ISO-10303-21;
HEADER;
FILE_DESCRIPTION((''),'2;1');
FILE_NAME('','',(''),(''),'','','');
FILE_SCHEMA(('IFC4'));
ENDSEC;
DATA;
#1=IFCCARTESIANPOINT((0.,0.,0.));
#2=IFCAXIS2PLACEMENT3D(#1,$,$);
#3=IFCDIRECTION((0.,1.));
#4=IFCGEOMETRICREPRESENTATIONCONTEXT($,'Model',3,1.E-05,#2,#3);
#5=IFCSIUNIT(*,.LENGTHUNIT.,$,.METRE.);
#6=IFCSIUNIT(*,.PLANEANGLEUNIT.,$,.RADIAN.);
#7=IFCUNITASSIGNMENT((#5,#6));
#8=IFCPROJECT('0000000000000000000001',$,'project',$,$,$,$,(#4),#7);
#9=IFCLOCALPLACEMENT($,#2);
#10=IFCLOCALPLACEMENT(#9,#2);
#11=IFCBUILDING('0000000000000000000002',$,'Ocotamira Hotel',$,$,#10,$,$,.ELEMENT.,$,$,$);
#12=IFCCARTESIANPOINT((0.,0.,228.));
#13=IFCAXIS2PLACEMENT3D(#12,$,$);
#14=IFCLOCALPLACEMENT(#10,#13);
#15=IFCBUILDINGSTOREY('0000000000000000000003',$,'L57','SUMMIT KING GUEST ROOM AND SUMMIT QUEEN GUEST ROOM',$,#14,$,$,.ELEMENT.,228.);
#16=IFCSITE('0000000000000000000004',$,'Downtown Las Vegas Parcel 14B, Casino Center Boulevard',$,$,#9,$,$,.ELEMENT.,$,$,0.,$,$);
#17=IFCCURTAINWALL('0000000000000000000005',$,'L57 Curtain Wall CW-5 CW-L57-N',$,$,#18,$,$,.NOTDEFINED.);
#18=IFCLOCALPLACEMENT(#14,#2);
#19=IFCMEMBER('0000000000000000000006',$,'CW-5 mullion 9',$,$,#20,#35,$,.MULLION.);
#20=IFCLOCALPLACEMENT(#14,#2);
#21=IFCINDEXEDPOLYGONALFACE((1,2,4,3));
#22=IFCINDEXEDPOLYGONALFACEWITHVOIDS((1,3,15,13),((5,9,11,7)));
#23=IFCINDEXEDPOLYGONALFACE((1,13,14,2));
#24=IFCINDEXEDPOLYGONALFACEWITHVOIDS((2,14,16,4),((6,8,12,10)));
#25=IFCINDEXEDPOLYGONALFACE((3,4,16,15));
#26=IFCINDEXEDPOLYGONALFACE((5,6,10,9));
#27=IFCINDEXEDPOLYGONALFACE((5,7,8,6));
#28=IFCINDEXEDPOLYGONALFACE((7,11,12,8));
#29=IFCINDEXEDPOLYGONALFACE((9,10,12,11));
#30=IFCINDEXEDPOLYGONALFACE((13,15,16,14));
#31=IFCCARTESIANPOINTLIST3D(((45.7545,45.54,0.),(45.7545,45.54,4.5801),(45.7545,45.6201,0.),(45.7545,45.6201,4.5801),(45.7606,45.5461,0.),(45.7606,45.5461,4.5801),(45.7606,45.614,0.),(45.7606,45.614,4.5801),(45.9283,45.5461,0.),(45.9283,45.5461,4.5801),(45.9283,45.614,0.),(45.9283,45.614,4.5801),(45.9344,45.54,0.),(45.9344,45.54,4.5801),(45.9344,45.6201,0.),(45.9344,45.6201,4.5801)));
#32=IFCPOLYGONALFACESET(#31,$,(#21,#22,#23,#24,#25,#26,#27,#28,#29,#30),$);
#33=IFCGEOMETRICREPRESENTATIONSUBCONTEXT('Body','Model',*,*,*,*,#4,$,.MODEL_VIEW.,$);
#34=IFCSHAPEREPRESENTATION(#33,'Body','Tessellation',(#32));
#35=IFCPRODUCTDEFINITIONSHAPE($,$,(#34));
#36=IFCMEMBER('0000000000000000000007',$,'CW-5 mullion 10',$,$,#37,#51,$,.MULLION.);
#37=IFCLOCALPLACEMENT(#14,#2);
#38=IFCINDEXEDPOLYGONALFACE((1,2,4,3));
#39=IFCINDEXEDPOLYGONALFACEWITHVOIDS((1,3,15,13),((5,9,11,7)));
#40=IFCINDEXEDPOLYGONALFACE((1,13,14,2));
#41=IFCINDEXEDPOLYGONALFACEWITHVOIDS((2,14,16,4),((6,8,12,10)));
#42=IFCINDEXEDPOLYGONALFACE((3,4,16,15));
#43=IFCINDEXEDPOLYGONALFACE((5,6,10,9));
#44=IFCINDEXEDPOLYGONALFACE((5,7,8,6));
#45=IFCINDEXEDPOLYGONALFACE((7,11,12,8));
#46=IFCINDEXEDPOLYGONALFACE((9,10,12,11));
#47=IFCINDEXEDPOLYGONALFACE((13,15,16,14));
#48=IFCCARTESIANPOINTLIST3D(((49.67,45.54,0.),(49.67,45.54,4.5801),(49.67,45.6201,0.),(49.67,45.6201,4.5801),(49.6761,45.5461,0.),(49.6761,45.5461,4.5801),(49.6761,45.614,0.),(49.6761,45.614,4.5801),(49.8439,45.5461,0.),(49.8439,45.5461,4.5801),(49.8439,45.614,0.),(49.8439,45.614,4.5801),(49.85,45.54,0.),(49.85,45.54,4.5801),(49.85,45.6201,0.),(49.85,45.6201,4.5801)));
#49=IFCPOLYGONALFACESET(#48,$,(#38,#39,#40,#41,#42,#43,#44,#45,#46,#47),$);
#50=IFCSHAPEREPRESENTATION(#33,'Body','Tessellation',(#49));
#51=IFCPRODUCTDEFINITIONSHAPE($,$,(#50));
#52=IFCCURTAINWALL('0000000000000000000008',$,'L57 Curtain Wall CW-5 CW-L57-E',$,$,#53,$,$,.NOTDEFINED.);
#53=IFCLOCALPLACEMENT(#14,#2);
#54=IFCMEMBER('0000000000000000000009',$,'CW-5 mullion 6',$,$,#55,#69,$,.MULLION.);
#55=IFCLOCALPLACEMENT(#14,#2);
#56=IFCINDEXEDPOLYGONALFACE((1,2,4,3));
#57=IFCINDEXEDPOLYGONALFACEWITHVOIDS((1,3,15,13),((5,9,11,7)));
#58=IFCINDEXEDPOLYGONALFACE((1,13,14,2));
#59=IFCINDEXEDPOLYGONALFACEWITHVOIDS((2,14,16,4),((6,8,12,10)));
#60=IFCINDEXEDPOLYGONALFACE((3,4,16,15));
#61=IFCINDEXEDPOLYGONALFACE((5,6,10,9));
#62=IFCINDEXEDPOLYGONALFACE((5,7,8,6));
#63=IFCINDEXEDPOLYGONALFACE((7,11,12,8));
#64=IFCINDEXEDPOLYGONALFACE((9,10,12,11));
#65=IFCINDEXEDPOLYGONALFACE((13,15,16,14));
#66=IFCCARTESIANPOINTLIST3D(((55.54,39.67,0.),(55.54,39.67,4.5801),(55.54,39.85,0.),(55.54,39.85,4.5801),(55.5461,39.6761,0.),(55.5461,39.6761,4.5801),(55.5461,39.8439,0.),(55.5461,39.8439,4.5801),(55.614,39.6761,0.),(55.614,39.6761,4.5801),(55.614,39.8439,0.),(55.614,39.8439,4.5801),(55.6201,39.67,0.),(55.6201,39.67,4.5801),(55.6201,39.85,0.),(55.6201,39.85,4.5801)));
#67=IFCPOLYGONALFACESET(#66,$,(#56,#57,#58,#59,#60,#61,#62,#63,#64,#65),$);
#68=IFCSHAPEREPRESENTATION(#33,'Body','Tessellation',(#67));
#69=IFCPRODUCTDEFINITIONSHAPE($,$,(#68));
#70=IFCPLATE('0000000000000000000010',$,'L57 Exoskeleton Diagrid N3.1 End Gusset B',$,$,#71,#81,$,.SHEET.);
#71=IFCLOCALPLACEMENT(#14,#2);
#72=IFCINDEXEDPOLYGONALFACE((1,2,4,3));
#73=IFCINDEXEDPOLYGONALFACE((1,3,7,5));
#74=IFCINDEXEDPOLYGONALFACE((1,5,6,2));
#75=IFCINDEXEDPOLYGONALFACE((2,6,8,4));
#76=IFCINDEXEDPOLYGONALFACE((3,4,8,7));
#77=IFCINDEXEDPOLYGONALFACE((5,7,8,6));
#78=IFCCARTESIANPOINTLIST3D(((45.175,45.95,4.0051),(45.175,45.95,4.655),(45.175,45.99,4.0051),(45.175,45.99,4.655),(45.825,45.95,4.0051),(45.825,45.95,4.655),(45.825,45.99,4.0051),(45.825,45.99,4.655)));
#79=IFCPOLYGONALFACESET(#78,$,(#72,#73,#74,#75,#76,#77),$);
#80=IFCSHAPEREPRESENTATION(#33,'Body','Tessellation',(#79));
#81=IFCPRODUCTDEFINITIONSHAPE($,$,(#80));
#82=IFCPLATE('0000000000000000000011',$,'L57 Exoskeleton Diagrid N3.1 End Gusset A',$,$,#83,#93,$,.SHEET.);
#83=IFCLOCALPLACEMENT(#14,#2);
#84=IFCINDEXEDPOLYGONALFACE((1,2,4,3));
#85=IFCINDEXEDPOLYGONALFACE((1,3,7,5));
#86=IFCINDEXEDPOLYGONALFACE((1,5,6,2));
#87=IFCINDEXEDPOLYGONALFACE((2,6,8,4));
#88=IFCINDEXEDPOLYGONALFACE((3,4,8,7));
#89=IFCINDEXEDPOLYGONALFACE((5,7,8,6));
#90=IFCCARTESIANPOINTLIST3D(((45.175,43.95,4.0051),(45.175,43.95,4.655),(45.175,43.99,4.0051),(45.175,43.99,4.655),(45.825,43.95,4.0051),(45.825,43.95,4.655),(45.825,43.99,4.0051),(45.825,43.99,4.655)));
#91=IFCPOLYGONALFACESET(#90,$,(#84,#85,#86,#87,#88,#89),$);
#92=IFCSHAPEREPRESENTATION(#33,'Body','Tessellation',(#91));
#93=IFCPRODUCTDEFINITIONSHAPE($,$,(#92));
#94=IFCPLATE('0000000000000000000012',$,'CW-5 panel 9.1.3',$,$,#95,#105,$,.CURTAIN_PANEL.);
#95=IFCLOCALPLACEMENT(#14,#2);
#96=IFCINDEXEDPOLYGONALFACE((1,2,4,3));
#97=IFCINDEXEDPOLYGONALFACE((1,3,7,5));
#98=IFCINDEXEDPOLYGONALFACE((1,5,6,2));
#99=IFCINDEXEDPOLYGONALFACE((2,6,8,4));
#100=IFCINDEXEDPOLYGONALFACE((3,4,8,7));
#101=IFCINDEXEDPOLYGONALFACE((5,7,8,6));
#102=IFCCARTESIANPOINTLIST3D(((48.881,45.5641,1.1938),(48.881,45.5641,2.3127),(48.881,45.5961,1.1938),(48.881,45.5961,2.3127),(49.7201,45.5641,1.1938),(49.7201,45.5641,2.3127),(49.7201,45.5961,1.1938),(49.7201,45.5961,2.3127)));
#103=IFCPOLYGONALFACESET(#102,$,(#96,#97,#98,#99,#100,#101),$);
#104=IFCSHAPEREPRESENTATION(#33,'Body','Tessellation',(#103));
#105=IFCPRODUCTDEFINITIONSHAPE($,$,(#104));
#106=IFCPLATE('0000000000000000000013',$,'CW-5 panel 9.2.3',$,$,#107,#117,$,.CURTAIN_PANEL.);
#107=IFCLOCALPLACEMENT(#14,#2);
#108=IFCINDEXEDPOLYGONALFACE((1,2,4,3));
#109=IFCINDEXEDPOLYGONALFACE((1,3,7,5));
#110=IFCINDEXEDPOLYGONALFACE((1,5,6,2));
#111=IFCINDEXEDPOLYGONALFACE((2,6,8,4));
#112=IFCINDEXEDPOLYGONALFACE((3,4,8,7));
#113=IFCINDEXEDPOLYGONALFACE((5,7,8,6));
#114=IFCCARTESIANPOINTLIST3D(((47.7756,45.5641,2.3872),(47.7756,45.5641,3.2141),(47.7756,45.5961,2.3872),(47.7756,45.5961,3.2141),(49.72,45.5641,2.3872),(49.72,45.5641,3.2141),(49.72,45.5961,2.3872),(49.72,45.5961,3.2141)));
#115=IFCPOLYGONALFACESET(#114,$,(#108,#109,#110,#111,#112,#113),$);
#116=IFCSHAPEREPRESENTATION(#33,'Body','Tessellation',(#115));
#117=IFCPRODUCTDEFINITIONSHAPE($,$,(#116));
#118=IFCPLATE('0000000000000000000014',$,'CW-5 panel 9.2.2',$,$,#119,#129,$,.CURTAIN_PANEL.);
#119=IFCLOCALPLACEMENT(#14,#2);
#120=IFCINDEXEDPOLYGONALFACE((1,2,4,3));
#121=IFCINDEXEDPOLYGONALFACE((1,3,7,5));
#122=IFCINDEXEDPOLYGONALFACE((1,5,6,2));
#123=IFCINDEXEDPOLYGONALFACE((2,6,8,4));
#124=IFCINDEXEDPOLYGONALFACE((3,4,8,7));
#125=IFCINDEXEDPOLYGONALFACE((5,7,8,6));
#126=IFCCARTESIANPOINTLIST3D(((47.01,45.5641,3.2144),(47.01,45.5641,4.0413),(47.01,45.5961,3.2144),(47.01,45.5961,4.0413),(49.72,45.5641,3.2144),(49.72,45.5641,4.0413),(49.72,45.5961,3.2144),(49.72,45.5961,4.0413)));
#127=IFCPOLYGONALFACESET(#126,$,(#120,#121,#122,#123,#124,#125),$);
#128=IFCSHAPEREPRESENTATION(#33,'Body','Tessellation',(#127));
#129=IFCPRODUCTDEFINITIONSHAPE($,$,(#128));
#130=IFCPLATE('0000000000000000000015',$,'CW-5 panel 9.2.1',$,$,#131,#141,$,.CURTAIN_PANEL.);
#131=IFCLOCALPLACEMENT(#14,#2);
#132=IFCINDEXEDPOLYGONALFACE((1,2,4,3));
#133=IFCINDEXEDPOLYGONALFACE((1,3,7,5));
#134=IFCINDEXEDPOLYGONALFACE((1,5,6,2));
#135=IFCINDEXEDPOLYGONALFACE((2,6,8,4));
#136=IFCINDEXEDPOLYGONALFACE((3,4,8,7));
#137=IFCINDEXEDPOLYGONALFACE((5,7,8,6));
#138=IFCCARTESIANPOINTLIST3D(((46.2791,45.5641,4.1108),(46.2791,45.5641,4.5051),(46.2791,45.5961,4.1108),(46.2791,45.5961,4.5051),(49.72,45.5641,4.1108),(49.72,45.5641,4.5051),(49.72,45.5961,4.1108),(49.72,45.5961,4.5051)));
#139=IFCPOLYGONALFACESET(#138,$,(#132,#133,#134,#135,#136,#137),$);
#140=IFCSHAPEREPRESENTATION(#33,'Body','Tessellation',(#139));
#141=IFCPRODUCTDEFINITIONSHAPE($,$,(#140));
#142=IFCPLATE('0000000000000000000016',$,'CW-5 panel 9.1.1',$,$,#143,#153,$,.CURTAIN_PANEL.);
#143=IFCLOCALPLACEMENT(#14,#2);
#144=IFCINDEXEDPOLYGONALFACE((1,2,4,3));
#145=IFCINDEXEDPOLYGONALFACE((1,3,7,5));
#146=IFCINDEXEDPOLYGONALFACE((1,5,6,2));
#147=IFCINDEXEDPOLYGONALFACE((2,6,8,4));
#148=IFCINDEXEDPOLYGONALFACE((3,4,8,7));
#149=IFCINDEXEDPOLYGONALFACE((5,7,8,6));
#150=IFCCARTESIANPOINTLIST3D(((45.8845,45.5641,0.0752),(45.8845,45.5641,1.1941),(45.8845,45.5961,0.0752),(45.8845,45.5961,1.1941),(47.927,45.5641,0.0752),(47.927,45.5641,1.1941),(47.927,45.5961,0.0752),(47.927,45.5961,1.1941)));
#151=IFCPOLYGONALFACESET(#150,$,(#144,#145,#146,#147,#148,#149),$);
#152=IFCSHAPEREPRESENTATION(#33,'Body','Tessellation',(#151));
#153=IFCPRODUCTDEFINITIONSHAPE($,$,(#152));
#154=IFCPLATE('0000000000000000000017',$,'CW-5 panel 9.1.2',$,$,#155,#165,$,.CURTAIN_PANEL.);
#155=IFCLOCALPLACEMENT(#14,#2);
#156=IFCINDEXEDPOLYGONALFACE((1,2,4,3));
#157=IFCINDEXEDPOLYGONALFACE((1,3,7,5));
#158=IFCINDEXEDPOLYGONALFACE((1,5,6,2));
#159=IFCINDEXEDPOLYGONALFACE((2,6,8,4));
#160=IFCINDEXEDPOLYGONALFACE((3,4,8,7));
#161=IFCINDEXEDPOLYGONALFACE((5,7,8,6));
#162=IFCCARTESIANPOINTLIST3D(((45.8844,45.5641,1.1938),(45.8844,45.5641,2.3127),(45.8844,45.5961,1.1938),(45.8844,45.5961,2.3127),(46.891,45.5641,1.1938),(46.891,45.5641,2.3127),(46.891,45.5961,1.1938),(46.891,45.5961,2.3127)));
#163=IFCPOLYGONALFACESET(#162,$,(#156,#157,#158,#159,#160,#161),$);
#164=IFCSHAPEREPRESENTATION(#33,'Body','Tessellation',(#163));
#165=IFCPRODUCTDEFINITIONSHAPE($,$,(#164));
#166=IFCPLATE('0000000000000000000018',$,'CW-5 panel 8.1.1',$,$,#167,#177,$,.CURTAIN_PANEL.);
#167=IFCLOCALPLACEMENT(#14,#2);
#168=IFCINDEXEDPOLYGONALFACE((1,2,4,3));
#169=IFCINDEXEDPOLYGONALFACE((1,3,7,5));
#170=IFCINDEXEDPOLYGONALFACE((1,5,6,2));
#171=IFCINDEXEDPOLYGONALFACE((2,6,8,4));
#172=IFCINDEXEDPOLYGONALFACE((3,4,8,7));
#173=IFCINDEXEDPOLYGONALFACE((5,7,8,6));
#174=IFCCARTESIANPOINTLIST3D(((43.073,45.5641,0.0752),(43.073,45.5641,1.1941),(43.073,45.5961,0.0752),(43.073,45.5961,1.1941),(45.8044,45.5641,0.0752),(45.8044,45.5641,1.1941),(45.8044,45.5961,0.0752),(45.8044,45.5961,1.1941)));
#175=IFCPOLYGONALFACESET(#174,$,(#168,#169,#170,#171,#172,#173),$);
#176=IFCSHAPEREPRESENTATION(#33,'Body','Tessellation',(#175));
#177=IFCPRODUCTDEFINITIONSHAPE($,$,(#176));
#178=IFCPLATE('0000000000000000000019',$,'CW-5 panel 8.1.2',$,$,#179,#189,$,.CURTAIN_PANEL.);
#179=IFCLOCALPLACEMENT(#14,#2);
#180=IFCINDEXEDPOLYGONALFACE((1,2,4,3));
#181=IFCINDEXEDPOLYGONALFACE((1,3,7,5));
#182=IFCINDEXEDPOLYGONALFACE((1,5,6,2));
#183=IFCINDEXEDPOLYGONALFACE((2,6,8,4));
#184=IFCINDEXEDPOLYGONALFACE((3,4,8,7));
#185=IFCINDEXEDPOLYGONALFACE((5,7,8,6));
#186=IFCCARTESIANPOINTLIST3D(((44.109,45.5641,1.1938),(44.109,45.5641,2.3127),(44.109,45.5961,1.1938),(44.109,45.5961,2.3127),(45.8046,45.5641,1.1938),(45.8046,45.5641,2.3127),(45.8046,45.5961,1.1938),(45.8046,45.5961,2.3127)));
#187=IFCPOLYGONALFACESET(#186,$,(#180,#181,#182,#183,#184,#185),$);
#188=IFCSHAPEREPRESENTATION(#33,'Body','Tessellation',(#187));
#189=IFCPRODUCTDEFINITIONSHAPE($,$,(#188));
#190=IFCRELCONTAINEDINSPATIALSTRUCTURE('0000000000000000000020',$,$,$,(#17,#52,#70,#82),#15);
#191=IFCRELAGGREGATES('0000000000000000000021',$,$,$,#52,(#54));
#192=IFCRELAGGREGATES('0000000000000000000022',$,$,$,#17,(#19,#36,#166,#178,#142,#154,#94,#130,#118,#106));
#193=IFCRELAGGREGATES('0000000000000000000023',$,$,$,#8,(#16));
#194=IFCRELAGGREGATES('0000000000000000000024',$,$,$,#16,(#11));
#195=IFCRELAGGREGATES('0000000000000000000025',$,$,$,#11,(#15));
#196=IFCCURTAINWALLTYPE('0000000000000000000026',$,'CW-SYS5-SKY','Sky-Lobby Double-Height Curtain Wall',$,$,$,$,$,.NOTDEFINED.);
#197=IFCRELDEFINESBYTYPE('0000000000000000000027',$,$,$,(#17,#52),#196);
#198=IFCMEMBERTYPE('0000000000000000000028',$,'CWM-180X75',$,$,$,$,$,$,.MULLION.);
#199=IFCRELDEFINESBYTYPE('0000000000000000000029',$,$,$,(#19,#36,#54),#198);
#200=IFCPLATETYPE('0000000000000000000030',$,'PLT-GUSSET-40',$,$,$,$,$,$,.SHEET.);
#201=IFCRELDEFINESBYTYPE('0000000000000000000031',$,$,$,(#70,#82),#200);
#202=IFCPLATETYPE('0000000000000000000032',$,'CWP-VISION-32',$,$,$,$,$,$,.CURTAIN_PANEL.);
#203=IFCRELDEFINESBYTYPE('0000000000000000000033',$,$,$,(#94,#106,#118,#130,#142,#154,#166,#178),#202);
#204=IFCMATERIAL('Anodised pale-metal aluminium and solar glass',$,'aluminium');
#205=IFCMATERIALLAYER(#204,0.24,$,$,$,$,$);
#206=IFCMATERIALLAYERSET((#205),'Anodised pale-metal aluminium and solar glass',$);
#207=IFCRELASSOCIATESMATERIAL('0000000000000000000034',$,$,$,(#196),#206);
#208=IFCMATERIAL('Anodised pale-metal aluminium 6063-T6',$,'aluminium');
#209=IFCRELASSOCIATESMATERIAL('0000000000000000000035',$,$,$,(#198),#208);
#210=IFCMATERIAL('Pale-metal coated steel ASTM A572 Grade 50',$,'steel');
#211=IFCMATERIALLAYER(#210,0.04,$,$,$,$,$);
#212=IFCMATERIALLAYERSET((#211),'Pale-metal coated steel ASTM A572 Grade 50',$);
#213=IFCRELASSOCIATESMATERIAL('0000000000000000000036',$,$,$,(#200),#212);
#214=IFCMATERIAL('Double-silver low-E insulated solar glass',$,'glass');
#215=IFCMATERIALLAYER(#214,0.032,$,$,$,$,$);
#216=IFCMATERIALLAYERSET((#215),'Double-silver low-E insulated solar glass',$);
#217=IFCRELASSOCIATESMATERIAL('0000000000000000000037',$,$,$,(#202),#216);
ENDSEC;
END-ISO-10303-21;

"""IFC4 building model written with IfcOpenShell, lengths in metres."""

from ifc_helpers import new_model, si_unit, direction, frame, origin, origin_2d, place, context, subcontext, project, spatial, rectangle, hollow_rectangle, extrude, source, transform, mapped, material, layer, layer_set, material_profile, profile_set, type_object, element, aggregate, save


model = new_model("IFC4")

# Units and contexts
model_context = context("Model", 3, precision=1e-05, world=origin(), true_north=direction((0.0, 1.0)))
body_context = subcontext(model_context, "Body", "Model", "MODEL_VIEW")
ifc_project = project(units=[si_unit("LENGTHUNIT", "METRE"), si_unit("PLANEANGLEUNIT", "RADIAN")], contexts=[model_context])

# Site, building, storey
site_placement = place(None, origin())
site = spatial("IfcSite", under=ifc_project, at=site_placement, Name="Downtown Las Vegas Parcel 14B, Casino Center Boulevard", CompositionType="ELEMENT", RefElevation=0.0)
building_placement = place(site_placement, origin())
building = spatial("IfcBuilding", under=site, at=building_placement, Name="Ocotamira Hotel", CompositionType="ELEMENT")
storey_placement = place(building_placement, frame((0.0, 0.0, 228.0)))
storey = spatial("IfcBuildingStorey", under=building, at=storey_placement, Name="L57", Description="SUMMIT KING GUEST ROOM AND SUMMIT QUEEN GUEST ROOM", CompositionType="ELEMENT", Elevation=228.0)

# Curtain wall, members
ifc_material_1 = material(Name="Anodised pale-metal aluminium and solar glass", Category="aluminium")
ifc_layer_1 = layer(ifc_material_1, 0.24)
ifc_layer_set_1 = layer_set([ifc_layer_1], Name="Anodised pale-metal aluminium and solar glass")
curtain_wall_type = type_object("IfcCurtainWallType", Name="CW-SYS5-SKY", Description="Sky-Lobby Double-Height Curtain Wall", PredefinedType="NOTDEFINED", material=ifc_layer_set_1)
curtain_wall_1_placement = place(storey_placement, origin())
curtain_wall_1 = element("IfcCurtainWall", 1, at=curtain_wall_1_placement, inside=storey, type_object=curtain_wall_type, Name="L57 Curtain Wall CW-5 CW-L57-N", PredefinedType="NOTDEFINED")
ifc_material_2 = material(Name="Anodised pale-metal aluminium 6063-T6", Category="aluminium")
ifc_material_profile_1 = material_profile(ifc_material_2, hollow_rectangle(XDim=0.0801, YDim=0.1799, WallThickness=0.0061, at=origin_2d()), Name="HSS180X80X6")
ifc_profile_set_1 = profile_set([ifc_material_profile_1], Name="Anodised pale-metal aluminium 6063-T6")
member_type_1 = type_object("IfcMemberType", Name="CWM-180X75", PredefinedType="MULLION", material=ifc_profile_set_1)
shared_shape_1 = source(origin(), body_context, "Body", "SweptSolid", [
    extrude(hollow_rectangle(XDim=0.0801, YDim=0.1799, WallThickness=0.0061, at=origin_2d()), origin(), (0.0, 0.0, 1.0), 4.5801),
])
member_1_placement = place(storey_placement, frame((45.8445, 45.5801, 0.0), z_axis=(0.0, 0.0, 1.0), x_axis=(0.0, 1.0, 0.0)))
member_1 = element("IfcMember", 2, at=member_1_placement, type_object=member_type_1, Name="CW-5 mullion 9", PredefinedType="MULLION", context=body_context, shape_type="MappedRepresentation", body=[
    mapped(shared_shape_1, transform((0.0, 0.0, 0.0), scale=1.0)),
])
member_2_placement = place(storey_placement, frame((49.76, 45.5801, 0.0), z_axis=(0.0, 0.0, 1.0), x_axis=(0.0, 1.0, 0.0)))
member_2 = element("IfcMember", 3, at=member_2_placement, type_object=member_type_1, Name="CW-5 mullion 10", PredefinedType="MULLION", context=body_context, shape_type="MappedRepresentation", body=[
    mapped(shared_shape_1, transform((0.0, 0.0, 0.0), scale=1.0)),
])

# Curtain wall, member
curtain_wall_2_placement = place(storey_placement, origin())
curtain_wall_2 = element("IfcCurtainWall", 4, at=curtain_wall_2_placement, inside=storey, type_object=curtain_wall_type, Name="L57 Curtain Wall CW-5 CW-L57-E", PredefinedType="NOTDEFINED")
member_3_placement = place(storey_placement, frame((55.5801, 39.76, 0.0), z_axis=(0.0, 0.0, 1.0), x_axis=(-1.0, 0.0, 0.0)))
member_3 = element("IfcMember", 5, at=member_3_placement, type_object=member_type_1, Name="CW-5 mullion 6", PredefinedType="MULLION", context=body_context, shape_type="MappedRepresentation", body=[
    mapped(shared_shape_1, transform((0.0, 0.0, 0.0), scale=1.0)),
])
aggregate(curtain_wall_2, [member_3])

# Plates
ifc_material_3 = material(Name="Pale-metal coated steel ASTM A572 Grade 50", Category="steel")
ifc_layer_2 = layer(ifc_material_3, 0.04)
ifc_layer_set_2 = layer_set([ifc_layer_2], Name="Pale-metal coated steel ASTM A572 Grade 50")
plate_type_1 = type_object("IfcPlateType", Name="PLT-GUSSET-40", PredefinedType="SHEET", material=ifc_layer_set_2)
shared_shape_2 = source(origin(), body_context, "Body", "SweptSolid", [
    extrude(rectangle(XDim=0.6499, YDim=0.04, at=origin_2d()), origin(), (0.0, 0.0, 1.0), 0.6499),
])
for number, where, z_axis, x_axis, name in (
    (6, (45.5, 45.97, 4.0051), (0.0, 0.0, 1.0), (1.0, 0.0, 0.0), "L57 Exoskeleton Diagrid N3.1 End Gusset B"),
    (7, (45.5, 43.97, 4.0051), (0.0, 0.0, 1.0), (-1.0, 0.0, 0.0), "L57 Exoskeleton Diagrid N3.1 End Gusset A"),
):
    element("IfcPlate", number, at=place(storey_placement, frame(where, z_axis=z_axis, x_axis=x_axis)), inside=storey, type_object=plate_type_1, Name=name, PredefinedType="SHEET", context=body_context, shape_type="MappedRepresentation", body=[
        mapped(shared_shape_2, transform((0.0, 0.0, 0.0), scale=1.0)),
    ])

# Plates
ifc_material_4 = material(Name="Double-silver low-E insulated solar glass", Category="glass")
ifc_layer_3 = layer(ifc_material_4, 0.032)
ifc_layer_set_3 = layer_set([ifc_layer_3], Name="Double-silver low-E insulated solar glass")
plate_type_2 = type_object("IfcPlateType", Name="CWP-VISION-32", PredefinedType="CURTAIN_PANEL", material=ifc_layer_set_3)
shared_shape_3 = source(origin(), body_context, "Body", "SweptSolid", [
    extrude(rectangle(XDim=0.8391, YDim=0.032, at=origin_2d()), origin(), (0.0, 0.0, 1.0), 1.1189),
])
plate_1_placement = place(storey_placement, frame((49.3005, 45.5801, 1.1938), z_axis=(0.0, 0.0, 1.0), x_axis=(1.0, 0.0, 0.0)))
plate_1 = element("IfcPlate", 8, at=plate_1_placement, type_object=plate_type_2, Name="CW-5 panel 9.1.3", PredefinedType="CURTAIN_PANEL", context=body_context, shape_type="MappedRepresentation", body=[
    mapped(shared_shape_3, transform((0.0, 0.0, 0.0), scale=1.0)),
])
shared_shape_4 = source(origin(), body_context, "Body", "SweptSolid", [
    extrude(rectangle(XDim=1.9443, YDim=0.032, at=origin_2d()), origin(), (0.0, 0.0, 1.0), 0.8269),
])
plate_2_placement = place(storey_placement, frame((48.7478, 45.5801, 2.3872), z_axis=(0.0, 0.0, 1.0), x_axis=(1.0, 0.0, 0.0)))
plate_2 = element("IfcPlate", 9, at=plate_2_placement, type_object=plate_type_2, Name="CW-5 panel 9.2.3", PredefinedType="CURTAIN_PANEL", context=body_context, shape_type="MappedRepresentation", body=[
    mapped(shared_shape_4, transform((0.0, 0.0, 0.0), scale=1.0)),
])
shared_shape_5 = source(origin(), body_context, "Body", "SweptSolid", [
    extrude(rectangle(XDim=2.71, YDim=0.032, at=origin_2d()), origin(), (0.0, 0.0, 1.0), 0.8269),
])
plate_3_placement = place(storey_placement, frame((48.365, 45.5801, 3.2144), z_axis=(0.0, 0.0, 1.0), x_axis=(1.0, 0.0, 0.0)))
plate_3 = element("IfcPlate", 10, at=plate_3_placement, type_object=plate_type_2, Name="CW-5 panel 9.2.2", PredefinedType="CURTAIN_PANEL", context=body_context, shape_type="MappedRepresentation", body=[
    mapped(shared_shape_5, transform((0.0, 0.0, 0.0), scale=1.0)),
])
shared_shape_6 = source(origin(), body_context, "Body", "SweptSolid", [
    extrude(rectangle(XDim=3.4409, YDim=0.032, at=origin_2d()), origin(), (0.0, 0.0, 1.0), 0.3943),
])
plate_4_placement = place(storey_placement, frame((47.9995, 45.5801, 4.1108), z_axis=(0.0, 0.0, 1.0), x_axis=(1.0, 0.0, 0.0)))
plate_4 = element("IfcPlate", 11, at=plate_4_placement, type_object=plate_type_2, Name="CW-5 panel 9.2.1", PredefinedType="CURTAIN_PANEL", context=body_context, shape_type="MappedRepresentation", body=[
    mapped(shared_shape_6, transform((0.0, 0.0, 0.0), scale=1.0)),
])
shared_shape_7 = source(origin(), body_context, "Body", "SweptSolid", [
    extrude(rectangle(XDim=2.0425, YDim=0.032, at=origin_2d()), origin(), (0.0, 0.0, 1.0), 1.1189),
])
plate_5_placement = place(storey_placement, frame((46.9058, 45.5801, 0.0752), z_axis=(0.0, 0.0, 1.0), x_axis=(1.0, 0.0, 0.0)))
plate_5 = element("IfcPlate", 12, at=plate_5_placement, type_object=plate_type_2, Name="CW-5 panel 9.1.1", PredefinedType="CURTAIN_PANEL", context=body_context, shape_type="MappedRepresentation", body=[
    mapped(shared_shape_7, transform((0.0, 0.0, 0.0), scale=1.0)),
])
shared_shape_8 = source(origin(), body_context, "Body", "SweptSolid", [
    extrude(rectangle(XDim=1.0066, YDim=0.032, at=origin_2d()), origin(), (0.0, 0.0, 1.0), 1.1189),
])
plate_6_placement = place(storey_placement, frame((46.3877, 45.5801, 1.1938), z_axis=(0.0, 0.0, 1.0), x_axis=(1.0, 0.0, 0.0)))
plate_6 = element("IfcPlate", 13, at=plate_6_placement, type_object=plate_type_2, Name="CW-5 panel 9.1.2", PredefinedType="CURTAIN_PANEL", context=body_context, shape_type="MappedRepresentation", body=[
    mapped(shared_shape_8, transform((0.0, 0.0, 0.0), scale=1.0)),
])
shared_shape_9 = source(origin(), body_context, "Body", "SweptSolid", [
    extrude(rectangle(XDim=2.7314, YDim=0.032, at=origin_2d()), origin(), (0.0, 0.0, 1.0), 1.1189),
])
plate_7_placement = place(storey_placement, frame((44.4387, 45.5801, 0.0752), z_axis=(0.0, 0.0, 1.0), x_axis=(1.0, 0.0, 0.0)))
plate_7 = element("IfcPlate", 14, at=plate_7_placement, type_object=plate_type_2, Name="CW-5 panel 8.1.1", PredefinedType="CURTAIN_PANEL", context=body_context, shape_type="MappedRepresentation", body=[
    mapped(shared_shape_9, transform((0.0, 0.0, 0.0), scale=1.0)),
])
shared_shape_10 = source(origin(), body_context, "Body", "SweptSolid", [
    extrude(rectangle(XDim=1.6956, YDim=0.032, at=origin_2d()), origin(), (0.0, 0.0, 1.0), 1.1189),
])
plate_8_placement = place(storey_placement, frame((44.9568, 45.5801, 1.1938), z_axis=(0.0, 0.0, 1.0), x_axis=(1.0, 0.0, 0.0)))
plate_8 = element("IfcPlate", 15, at=plate_8_placement, type_object=plate_type_2, Name="CW-5 panel 8.1.2", PredefinedType="CURTAIN_PANEL", context=body_context, shape_type="MappedRepresentation", body=[
    mapped(shared_shape_10, transform((0.0, 0.0, 0.0), scale=1.0)),
])
aggregate(curtain_wall_1, [member_1, member_2, plate_7, plate_8, plate_5, plate_6, plate_1, plate_4, plate_3, plate_2])

save(model, "model.ifc")
